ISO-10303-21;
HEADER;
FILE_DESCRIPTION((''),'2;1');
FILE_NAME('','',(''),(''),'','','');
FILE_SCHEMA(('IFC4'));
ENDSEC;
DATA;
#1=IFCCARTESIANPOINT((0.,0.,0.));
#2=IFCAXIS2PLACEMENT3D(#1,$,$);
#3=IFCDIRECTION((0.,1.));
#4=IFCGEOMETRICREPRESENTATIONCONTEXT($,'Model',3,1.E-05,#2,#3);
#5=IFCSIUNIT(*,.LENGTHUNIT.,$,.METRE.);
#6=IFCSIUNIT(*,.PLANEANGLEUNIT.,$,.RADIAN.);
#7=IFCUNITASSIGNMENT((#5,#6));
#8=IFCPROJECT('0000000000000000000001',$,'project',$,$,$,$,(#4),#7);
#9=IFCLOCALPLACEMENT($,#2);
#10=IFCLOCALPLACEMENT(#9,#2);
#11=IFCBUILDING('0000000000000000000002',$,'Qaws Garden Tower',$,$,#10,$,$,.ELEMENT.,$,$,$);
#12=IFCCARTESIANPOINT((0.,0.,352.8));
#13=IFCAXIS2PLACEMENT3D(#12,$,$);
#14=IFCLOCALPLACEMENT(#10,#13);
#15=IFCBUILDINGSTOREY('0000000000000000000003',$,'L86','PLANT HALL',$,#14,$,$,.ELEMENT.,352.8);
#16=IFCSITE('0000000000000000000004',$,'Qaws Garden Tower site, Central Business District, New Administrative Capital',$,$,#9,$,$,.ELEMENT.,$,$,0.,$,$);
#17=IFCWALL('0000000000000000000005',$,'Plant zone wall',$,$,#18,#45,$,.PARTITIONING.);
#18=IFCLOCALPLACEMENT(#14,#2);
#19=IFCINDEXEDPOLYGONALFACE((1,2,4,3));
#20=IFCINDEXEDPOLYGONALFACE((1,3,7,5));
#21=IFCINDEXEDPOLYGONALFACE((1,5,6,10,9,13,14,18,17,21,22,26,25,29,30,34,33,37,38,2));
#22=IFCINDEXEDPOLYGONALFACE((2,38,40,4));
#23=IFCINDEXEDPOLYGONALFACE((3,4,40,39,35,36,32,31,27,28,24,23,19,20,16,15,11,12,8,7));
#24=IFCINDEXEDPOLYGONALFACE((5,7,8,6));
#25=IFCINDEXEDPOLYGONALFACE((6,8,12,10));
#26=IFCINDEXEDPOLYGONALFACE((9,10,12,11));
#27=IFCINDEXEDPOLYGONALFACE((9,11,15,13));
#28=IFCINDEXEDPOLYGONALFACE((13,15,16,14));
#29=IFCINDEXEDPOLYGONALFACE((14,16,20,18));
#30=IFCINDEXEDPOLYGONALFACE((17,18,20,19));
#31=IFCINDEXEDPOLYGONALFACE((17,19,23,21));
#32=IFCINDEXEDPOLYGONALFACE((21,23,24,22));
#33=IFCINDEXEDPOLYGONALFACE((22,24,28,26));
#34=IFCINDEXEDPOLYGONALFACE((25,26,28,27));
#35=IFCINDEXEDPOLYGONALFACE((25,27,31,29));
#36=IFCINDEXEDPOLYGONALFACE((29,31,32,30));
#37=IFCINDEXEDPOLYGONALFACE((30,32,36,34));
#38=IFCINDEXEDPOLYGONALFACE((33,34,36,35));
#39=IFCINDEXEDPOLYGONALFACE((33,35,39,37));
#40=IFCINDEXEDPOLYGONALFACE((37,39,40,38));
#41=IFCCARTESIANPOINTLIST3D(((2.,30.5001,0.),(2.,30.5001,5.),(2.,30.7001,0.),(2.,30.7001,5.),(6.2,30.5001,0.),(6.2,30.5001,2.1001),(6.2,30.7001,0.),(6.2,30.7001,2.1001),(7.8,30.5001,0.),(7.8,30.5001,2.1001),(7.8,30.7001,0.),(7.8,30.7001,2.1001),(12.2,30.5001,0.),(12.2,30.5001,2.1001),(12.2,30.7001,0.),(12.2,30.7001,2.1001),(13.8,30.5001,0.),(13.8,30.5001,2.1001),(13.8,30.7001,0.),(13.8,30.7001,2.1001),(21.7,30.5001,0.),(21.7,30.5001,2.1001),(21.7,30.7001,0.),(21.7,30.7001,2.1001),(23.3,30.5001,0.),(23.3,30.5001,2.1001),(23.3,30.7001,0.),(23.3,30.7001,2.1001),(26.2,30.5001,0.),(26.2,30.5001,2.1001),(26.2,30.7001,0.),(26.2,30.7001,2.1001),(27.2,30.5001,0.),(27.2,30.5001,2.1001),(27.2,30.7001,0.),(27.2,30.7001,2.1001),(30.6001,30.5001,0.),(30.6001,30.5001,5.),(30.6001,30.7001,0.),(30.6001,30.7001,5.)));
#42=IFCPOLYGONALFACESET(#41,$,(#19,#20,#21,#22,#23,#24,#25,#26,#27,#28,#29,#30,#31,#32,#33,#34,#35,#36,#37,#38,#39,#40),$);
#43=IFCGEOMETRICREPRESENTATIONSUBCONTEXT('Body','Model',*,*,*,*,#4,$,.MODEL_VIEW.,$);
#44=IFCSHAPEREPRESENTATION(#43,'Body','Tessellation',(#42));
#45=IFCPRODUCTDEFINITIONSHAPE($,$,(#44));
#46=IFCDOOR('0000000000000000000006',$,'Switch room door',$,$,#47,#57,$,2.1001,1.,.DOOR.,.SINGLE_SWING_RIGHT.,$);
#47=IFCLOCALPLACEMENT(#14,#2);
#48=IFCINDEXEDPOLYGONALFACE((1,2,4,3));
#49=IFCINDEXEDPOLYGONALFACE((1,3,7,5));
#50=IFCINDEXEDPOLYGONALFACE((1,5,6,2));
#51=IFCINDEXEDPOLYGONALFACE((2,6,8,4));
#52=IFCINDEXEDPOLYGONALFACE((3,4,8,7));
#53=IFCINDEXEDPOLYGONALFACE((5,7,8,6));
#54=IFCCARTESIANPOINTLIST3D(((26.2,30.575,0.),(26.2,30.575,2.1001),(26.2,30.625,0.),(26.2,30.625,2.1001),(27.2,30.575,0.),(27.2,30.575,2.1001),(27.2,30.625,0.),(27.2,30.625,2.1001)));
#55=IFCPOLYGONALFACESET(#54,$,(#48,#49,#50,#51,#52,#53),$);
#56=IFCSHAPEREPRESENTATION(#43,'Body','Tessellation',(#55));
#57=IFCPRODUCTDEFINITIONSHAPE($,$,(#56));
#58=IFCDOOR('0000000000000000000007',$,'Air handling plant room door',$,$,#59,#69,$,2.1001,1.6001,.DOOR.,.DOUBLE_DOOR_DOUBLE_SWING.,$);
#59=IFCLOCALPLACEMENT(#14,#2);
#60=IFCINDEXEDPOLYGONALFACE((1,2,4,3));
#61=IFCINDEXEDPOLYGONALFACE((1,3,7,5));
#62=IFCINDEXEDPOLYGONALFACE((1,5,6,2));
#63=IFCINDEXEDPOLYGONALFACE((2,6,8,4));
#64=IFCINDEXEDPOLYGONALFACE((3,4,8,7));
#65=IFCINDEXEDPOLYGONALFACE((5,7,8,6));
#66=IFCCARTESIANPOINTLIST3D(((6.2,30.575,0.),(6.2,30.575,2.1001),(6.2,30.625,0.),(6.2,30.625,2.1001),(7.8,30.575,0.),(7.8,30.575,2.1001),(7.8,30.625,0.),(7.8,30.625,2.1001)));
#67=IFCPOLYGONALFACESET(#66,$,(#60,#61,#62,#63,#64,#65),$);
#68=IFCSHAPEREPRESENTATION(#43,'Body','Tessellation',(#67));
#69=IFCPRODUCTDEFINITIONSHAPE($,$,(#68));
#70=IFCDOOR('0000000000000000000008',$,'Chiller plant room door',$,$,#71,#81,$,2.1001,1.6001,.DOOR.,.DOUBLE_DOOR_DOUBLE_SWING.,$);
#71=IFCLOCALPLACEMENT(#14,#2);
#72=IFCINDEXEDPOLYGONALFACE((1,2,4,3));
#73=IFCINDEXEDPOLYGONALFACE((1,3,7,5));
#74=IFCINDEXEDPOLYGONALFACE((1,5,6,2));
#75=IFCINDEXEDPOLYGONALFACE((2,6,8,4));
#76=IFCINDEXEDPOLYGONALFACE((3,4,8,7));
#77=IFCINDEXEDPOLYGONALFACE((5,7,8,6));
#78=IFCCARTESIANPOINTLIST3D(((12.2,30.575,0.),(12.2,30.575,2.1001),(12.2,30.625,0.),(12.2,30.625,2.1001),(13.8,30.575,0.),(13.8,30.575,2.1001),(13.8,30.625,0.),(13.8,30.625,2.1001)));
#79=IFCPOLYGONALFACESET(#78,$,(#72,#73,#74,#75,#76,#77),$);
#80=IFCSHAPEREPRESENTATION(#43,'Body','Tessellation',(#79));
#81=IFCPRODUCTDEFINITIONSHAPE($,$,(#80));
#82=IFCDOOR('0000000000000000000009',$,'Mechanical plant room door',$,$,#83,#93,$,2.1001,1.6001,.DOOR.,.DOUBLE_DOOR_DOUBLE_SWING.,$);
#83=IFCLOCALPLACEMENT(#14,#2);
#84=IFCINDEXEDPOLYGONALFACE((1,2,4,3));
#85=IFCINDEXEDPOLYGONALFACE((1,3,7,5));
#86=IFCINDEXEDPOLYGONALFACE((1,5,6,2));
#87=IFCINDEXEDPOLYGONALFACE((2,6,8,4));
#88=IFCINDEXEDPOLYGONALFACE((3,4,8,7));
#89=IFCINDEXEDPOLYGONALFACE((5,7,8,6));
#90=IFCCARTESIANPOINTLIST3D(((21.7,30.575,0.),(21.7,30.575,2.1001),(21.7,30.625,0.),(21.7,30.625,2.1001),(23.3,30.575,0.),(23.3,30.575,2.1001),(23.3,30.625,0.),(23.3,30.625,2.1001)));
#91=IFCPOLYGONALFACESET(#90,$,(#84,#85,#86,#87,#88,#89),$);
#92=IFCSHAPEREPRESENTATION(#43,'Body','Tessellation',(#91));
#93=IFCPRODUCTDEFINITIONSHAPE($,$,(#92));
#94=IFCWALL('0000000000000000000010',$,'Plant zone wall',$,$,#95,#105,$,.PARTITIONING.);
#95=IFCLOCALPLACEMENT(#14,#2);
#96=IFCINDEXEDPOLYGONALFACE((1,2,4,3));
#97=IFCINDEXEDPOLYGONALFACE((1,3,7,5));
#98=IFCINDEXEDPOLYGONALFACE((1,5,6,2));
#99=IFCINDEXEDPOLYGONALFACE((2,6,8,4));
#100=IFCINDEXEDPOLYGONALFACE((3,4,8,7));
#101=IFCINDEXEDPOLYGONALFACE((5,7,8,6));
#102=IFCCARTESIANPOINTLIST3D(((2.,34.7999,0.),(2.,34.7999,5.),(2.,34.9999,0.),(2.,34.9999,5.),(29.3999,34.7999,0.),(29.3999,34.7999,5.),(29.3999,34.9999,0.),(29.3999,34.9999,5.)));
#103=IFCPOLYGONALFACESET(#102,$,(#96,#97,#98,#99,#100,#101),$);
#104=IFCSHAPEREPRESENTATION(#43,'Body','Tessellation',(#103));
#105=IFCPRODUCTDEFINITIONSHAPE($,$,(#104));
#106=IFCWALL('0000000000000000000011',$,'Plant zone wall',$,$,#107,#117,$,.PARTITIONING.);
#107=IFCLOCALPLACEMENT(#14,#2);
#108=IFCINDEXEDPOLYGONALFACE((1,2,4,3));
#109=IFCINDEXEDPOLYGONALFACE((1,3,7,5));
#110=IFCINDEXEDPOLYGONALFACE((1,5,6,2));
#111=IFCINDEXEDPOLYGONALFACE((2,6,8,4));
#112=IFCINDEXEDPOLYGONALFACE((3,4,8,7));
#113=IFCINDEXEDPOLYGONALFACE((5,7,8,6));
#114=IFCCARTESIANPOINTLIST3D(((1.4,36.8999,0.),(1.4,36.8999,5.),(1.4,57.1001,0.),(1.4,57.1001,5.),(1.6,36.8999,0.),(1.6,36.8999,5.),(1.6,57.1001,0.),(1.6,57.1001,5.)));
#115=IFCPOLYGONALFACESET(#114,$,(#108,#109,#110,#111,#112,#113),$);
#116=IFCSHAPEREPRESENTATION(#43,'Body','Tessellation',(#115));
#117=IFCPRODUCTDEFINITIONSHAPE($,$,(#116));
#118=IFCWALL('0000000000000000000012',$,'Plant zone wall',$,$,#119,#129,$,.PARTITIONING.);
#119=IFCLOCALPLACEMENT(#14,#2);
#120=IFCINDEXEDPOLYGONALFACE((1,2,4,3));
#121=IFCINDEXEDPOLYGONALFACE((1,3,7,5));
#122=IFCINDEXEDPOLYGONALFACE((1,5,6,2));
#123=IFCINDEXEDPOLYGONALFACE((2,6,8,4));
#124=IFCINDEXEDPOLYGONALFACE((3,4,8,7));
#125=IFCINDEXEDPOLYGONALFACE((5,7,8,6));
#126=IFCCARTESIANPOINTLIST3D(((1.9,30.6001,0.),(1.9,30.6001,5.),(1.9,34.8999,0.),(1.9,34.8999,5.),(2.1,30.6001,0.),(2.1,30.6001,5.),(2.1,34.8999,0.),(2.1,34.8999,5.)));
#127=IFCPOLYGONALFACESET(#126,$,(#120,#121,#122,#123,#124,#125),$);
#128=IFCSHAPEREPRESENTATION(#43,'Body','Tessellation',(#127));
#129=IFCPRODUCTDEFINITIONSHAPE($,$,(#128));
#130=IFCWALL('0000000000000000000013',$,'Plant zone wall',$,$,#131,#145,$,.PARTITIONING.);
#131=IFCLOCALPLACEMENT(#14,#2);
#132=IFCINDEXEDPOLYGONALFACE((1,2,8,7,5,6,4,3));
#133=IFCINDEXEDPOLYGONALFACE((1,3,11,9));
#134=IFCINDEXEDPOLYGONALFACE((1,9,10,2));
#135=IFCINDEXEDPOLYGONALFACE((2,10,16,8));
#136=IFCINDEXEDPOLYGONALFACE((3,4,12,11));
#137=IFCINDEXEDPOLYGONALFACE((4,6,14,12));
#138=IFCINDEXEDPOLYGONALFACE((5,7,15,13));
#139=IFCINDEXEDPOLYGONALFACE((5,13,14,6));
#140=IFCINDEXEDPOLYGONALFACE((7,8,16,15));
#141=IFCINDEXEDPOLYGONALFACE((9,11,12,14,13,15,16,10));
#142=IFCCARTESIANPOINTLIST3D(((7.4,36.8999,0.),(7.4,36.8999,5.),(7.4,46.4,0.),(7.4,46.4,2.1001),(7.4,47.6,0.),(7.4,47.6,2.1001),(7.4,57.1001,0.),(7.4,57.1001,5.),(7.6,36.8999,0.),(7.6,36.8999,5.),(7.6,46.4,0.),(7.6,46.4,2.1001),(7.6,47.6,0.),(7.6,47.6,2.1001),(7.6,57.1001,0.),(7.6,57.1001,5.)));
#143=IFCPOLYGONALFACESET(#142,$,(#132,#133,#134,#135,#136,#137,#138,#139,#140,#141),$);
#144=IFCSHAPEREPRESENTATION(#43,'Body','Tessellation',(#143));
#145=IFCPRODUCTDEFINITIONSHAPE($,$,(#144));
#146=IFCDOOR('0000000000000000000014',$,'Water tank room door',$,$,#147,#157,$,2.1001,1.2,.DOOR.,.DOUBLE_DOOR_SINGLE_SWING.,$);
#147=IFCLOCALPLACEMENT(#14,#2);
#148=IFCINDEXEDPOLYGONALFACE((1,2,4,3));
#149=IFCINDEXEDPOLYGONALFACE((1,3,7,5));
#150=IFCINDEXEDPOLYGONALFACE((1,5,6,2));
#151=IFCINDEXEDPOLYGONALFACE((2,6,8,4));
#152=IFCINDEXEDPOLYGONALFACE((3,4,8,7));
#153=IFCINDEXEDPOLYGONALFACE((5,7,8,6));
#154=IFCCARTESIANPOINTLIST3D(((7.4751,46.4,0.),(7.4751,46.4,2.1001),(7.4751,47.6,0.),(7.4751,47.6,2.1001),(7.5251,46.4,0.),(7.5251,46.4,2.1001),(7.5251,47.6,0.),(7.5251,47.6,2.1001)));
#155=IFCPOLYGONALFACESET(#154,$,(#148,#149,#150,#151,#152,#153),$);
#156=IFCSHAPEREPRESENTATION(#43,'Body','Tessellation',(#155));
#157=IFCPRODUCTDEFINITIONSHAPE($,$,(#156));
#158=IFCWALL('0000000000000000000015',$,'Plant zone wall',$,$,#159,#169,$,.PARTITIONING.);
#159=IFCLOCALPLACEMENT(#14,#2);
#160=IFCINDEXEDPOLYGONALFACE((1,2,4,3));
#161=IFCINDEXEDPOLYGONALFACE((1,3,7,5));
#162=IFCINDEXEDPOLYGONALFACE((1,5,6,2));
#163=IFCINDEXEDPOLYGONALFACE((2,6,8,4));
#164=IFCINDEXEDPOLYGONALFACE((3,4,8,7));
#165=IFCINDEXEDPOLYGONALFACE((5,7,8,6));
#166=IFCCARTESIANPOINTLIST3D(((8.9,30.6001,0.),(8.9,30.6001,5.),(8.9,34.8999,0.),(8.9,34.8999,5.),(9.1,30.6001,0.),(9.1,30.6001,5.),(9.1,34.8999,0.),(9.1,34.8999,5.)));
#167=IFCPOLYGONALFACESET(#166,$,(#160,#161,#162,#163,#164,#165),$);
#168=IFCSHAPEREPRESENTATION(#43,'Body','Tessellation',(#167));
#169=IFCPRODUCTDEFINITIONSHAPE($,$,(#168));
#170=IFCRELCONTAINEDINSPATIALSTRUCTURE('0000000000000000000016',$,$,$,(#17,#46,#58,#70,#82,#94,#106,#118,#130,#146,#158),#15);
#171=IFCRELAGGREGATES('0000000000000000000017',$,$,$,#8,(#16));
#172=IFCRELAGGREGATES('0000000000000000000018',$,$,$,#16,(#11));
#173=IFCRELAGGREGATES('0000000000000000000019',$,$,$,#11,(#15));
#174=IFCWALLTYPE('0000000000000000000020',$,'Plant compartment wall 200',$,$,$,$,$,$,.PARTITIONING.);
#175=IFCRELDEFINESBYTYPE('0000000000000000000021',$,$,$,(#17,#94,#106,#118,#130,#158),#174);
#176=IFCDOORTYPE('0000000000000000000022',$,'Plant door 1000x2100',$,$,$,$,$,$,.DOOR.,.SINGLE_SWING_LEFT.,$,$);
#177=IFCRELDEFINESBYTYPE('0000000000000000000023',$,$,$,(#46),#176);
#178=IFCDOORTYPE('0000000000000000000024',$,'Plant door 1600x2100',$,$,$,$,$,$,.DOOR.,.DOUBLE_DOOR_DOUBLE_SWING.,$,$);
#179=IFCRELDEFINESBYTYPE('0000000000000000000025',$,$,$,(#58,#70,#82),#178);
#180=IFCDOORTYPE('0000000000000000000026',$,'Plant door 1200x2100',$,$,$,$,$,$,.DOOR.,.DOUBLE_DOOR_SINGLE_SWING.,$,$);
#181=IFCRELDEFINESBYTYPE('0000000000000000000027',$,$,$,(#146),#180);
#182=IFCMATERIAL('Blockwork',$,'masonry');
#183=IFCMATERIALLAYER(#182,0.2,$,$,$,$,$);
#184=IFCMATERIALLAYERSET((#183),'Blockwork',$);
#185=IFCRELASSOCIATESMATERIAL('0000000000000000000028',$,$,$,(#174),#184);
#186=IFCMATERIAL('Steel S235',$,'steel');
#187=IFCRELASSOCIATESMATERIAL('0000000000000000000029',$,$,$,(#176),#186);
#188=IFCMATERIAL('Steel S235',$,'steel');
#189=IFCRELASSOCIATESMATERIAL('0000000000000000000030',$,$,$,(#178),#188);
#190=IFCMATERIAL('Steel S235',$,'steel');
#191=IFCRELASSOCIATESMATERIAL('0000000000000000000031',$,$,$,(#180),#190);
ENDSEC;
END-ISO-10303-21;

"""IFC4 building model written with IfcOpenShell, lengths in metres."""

from ifc_helpers import new_model, si_unit, direction, frame, frame_2d, origin, place, context, subcontext, project, spatial, rectangle, extrude, material, layer, layer_set, type_object, element, fill, save


model = new_model("IFC4")

# Units and contexts
model_context = context("Model", 3, precision=1e-05, world=origin(), true_north=direction((0.0, 1.0)))
body_context = subcontext(model_context, "Body", "Model", "MODEL_VIEW")
ifc_project = project(units=[si_unit("LENGTHUNIT", "METRE"), si_unit("PLANEANGLEUNIT", "RADIAN")], contexts=[model_context])

# Site, building, storey
site_placement = place(None, origin())
site = spatial("IfcSite", under=ifc_project, at=site_placement, Name="Qaws Garden Tower site, Central Business District, New Administrative Capital", CompositionType="ELEMENT", RefElevation=0.0)
building_placement = place(site_placement, origin())
building = spatial("IfcBuilding", under=site, at=building_placement, Name="Qaws Garden Tower", CompositionType="ELEMENT")
storey_placement = place(building_placement, frame((0.0, 0.0, 352.8)))
storey = spatial("IfcBuildingStorey", under=building, at=storey_placement, Name="L86", Description="PLANT HALL", CompositionType="ELEMENT", Elevation=352.8)

# Shared definitions
ifc_material_1 = material(Name="Blockwork", Category="masonry")
ifc_layer = layer(ifc_material_1, 0.2)
ifc_layer_set = layer_set([ifc_layer], Name="Blockwork")
wall_type = type_object("IfcWallType", Name="Plant compartment wall 200", PredefinedType="PARTITIONING", material=ifc_layer_set)

# Wall, openings, doors
wall_1_placement = place(storey_placement, frame((2.0, 30.6001, 0.0), z_axis=(0.0, 0.0, 1.0), x_axis=(1.0, 0.0, 0.0)))
wall_1 = element("IfcWall", 1, at=wall_1_placement, inside=storey, type_object=wall_type, Name="Plant zone wall", PredefinedType="PARTITIONING", context=body_context, shape_type="SweptSolid", body=[
    extrude(rectangle(XDim=28.6001, YDim=0.2, at=frame_2d((14.3, 0.0))), origin(), (0.0, 0.0, 1.0), 5.0),
])
opening_1_placement = place(wall_1_placement, frame((4.2, 0.0, 0.0)))
opening_1 = element("IfcOpeningElement", 2, at=opening_1_placement, cuts=wall_1, PredefinedType="OPENING", context=body_context, shape_type="SweptSolid", body=[
    extrude(rectangle(XDim=1.6001, YDim=2.1001, at=frame_2d((0.8, 1.05))), frame((0.0, 0.1099, 0.0), z_axis=(0.0, -1.0, 0.0), x_axis=(1.0, 0.0, 0.0)), (0.0, 0.0, 1.0), 0.22),
])
opening_2_placement = place(wall_1_placement, frame((10.2, 0.0, 0.0)))
opening_2 = element("IfcOpeningElement", 3, at=opening_2_placement, cuts=wall_1, PredefinedType="OPENING", context=body_context, shape_type="SweptSolid", body=[
    extrude(rectangle(XDim=1.6001, YDim=2.1001, at=frame_2d((0.8, 1.05))), frame((0.0, 0.1099, 0.0), z_axis=(0.0, -1.0, 0.0), x_axis=(1.0, 0.0, 0.0)), (0.0, 0.0, 1.0), 0.22),
])
opening_3_placement = place(wall_1_placement, frame((19.7, 0.0, 0.0)))
opening_3 = element("IfcOpeningElement", 4, at=opening_3_placement, cuts=wall_1, PredefinedType="OPENING", context=body_context, shape_type="SweptSolid", body=[
    extrude(rectangle(XDim=1.6001, YDim=2.1001, at=frame_2d((0.8, 1.05))), frame((0.0, 0.1099, 0.0), z_axis=(0.0, -1.0, 0.0), x_axis=(1.0, 0.0, 0.0)), (0.0, 0.0, 1.0), 0.22),
])
opening_4_placement = place(wall_1_placement, frame((24.2, 0.0, 0.0)))
opening_4 = element("IfcOpeningElement", 5, at=opening_4_placement, cuts=wall_1, PredefinedType="OPENING", context=body_context, shape_type="SweptSolid", body=[
    extrude(rectangle(XDim=1.0, YDim=2.1001, at=frame_2d((0.5, 1.05))), frame((0.0, 0.1099, 0.0), z_axis=(0.0, -1.0, 0.0), x_axis=(1.0, 0.0, 0.0)), (0.0, 0.0, 1.0), 0.22),
])
ifc_material_2 = material(Name="Steel S235", Category="steel")
door_type_1 = type_object("IfcDoorType", Name="Plant door 1000x2100", OperationType="SINGLE_SWING_LEFT", PredefinedType="DOOR", material=ifc_material_2)
door_1_placement = place(opening_4_placement, origin())
door_1 = element("IfcDoor", 6, at=door_1_placement, inside=storey, type_object=door_type_1, Name="Switch room door", OperationType="SINGLE_SWING_RIGHT", OverallHeight=2.1001, OverallWidth=1.0, PredefinedType="DOOR", context=body_context, shape_type="SweptSolid", body=[
    extrude(rectangle(XDim=1.0, YDim=2.1001, at=frame_2d((0.5, 1.05))), frame((0.0, 0.0249, 0.0), z_axis=(0.0, -1.0, 0.0), x_axis=(1.0, 0.0, 0.0)), (0.0, 0.0, 1.0), 0.05),
])
fill(opening_4, door_1)
ifc_material_3 = material(Name="Steel S235", Category="steel")
door_type_2 = type_object("IfcDoorType", Name="Plant door 1600x2100", OperationType="DOUBLE_DOOR_DOUBLE_SWING", PredefinedType="DOOR", material=ifc_material_3)
door_2_placement = place(opening_1_placement, origin())
door_2 = element("IfcDoor", 7, at=door_2_placement, inside=storey, type_object=door_type_2, Name="Air handling plant room door", OperationType="DOUBLE_DOOR_DOUBLE_SWING", OverallHeight=2.1001, OverallWidth=1.6001, PredefinedType="DOOR", context=body_context, shape_type="SweptSolid", body=[
    extrude(rectangle(XDim=1.6001, YDim=2.1001, at=frame_2d((0.8, 1.05))), frame((0.0, 0.0249, 0.0), z_axis=(0.0, -1.0, 0.0), x_axis=(1.0, 0.0, 0.0)), (0.0, 0.0, 1.0), 0.05),
])
fill(opening_1, door_2)
door_3_placement = place(opening_2_placement, origin())
door_3 = element("IfcDoor", 8, at=door_3_placement, inside=storey, type_object=door_type_2, Name="Chiller plant room door", OperationType="DOUBLE_DOOR_DOUBLE_SWING", OverallHeight=2.1001, OverallWidth=1.6001, PredefinedType="DOOR", context=body_context, shape_type="SweptSolid", body=[
    extrude(rectangle(XDim=1.6001, YDim=2.1001, at=frame_2d((0.8, 1.05))), frame((0.0, 0.0249, 0.0), z_axis=(0.0, -1.0, 0.0), x_axis=(1.0, 0.0, 0.0)), (0.0, 0.0, 1.0), 0.05),
])
fill(opening_2, door_3)
door_4_placement = place(opening_3_placement, origin())
door_4 = element("IfcDoor", 9, at=door_4_placement, inside=storey, type_object=door_type_2, Name="Mechanical plant room door", OperationType="DOUBLE_DOOR_DOUBLE_SWING", OverallHeight=2.1001, OverallWidth=1.6001, PredefinedType="DOOR", context=body_context, shape_type="SweptSolid", body=[
    extrude(rectangle(XDim=1.6001, YDim=2.1001, at=frame_2d((0.8, 1.05))), frame((0.0, 0.0249, 0.0), z_axis=(0.0, -1.0, 0.0), x_axis=(1.0, 0.0, 0.0)), (0.0, 0.0, 1.0), 0.05),
])
fill(opening_3, door_4)

# Walls
wall_2_placement = place(storey_placement, frame((2.0, 34.8999, 0.0), z_axis=(0.0, 0.0, 1.0), x_axis=(1.0, 0.0, 0.0)))
element("IfcWall", 10, at=wall_2_placement, inside=storey, type_object=wall_type, Name="Plant zone wall", PredefinedType="PARTITIONING", context=body_context, shape_type="SweptSolid", body=[
    extrude(rectangle(XDim=27.3999, YDim=0.2, at=frame_2d((13.7, 0.0))), origin(), (0.0, 0.0, 1.0), 5.0),
])
wall_3_placement = place(storey_placement, frame((1.5, 36.8999, 0.0), z_axis=(0.0, 0.0, 1.0), x_axis=(0.0, 1.0, 0.0)))
element("IfcWall", 11, at=wall_3_placement, inside=storey, type_object=wall_type, Name="Plant zone wall", PredefinedType="PARTITIONING", context=body_context, shape_type="SweptSolid", body=[
    extrude(rectangle(XDim=20.2002, YDim=0.2, at=frame_2d((10.1001, 0.0))), origin(), (0.0, 0.0, 1.0), 5.0),
])
wall_4_placement = place(storey_placement, frame((2.0, 30.6001, 0.0), z_axis=(0.0, 0.0, 1.0), x_axis=(0.0, 1.0, 0.0)))
element("IfcWall", 12, at=wall_4_placement, inside=storey, type_object=wall_type, Name="Plant zone wall", PredefinedType="PARTITIONING", context=body_context, shape_type="SweptSolid", body=[
    extrude(rectangle(XDim=4.2998, YDim=0.2, at=frame_2d((2.1499, 0.0))), origin(), (0.0, 0.0, 1.0), 5.0),
])

# Wall, opening, door
wall_5_placement = place(storey_placement, frame((7.5, 36.8999, 0.0), z_axis=(0.0, 0.0, 1.0), x_axis=(0.0, 1.0, 0.0)))
wall_5 = element("IfcWall", 13, at=wall_5_placement, inside=storey, type_object=wall_type, Name="Plant zone wall", PredefinedType="PARTITIONING", context=body_context, shape_type="SweptSolid", body=[
    extrude(rectangle(XDim=20.2002, YDim=0.2, at=frame_2d((10.1001, 0.0))), origin(), (0.0, 0.0, 1.0), 5.0),
])
opening_5_placement = place(wall_5_placement, frame((9.5, 0.0, 0.0)))
opening_5 = element("IfcOpeningElement", 14, at=opening_5_placement, cuts=wall_5, PredefinedType="OPENING", context=body_context, shape_type="SweptSolid", body=[
    extrude(rectangle(XDim=1.2, YDim=2.1001, at=frame_2d((0.6001, 1.05))), frame((0.0, 0.1099, 0.0), z_axis=(0.0, -1.0, 0.0), x_axis=(1.0, 0.0, 0.0)), (0.0, 0.0, 1.0), 0.22),
])
ifc_material_4 = material(Name="Steel S235", Category="steel")
door_type_3 = type_object("IfcDoorType", Name="Plant door 1200x2100", OperationType="DOUBLE_DOOR_SINGLE_SWING", PredefinedType="DOOR", material=ifc_material_4)
door_5_placement = place(opening_5_placement, origin())
door_5 = element("IfcDoor", 15, at=door_5_placement, inside=storey, type_object=door_type_3, Name="Water tank room door", OperationType="DOUBLE_DOOR_SINGLE_SWING", OverallHeight=2.1001, OverallWidth=1.2, PredefinedType="DOOR", context=body_context, shape_type="SweptSolid", body=[
    extrude(rectangle(XDim=1.2, YDim=2.1001, at=frame_2d((0.6001, 1.05))), frame((0.0, 0.0249, 0.0), z_axis=(0.0, -1.0, 0.0), x_axis=(1.0, 0.0, 0.0)), (0.0, 0.0, 1.0), 0.05),
])
fill(opening_5, door_5)

# Wall
wall_6_placement = place(storey_placement, frame((9.0, 30.6001, 0.0), z_axis=(0.0, 0.0, 1.0), x_axis=(0.0, 1.0, 0.0)))
element("IfcWall", 16, at=wall_6_placement, inside=storey, type_object=wall_type, Name="Plant zone wall", PredefinedType="PARTITIONING", context=body_context, shape_type="SweptSolid", body=[
    extrude(rectangle(XDim=4.2998, YDim=0.2, at=frame_2d((2.1499, 0.0))), origin(), (0.0, 0.0, 1.0), 5.0),
])

save(model, "model.ifc")
